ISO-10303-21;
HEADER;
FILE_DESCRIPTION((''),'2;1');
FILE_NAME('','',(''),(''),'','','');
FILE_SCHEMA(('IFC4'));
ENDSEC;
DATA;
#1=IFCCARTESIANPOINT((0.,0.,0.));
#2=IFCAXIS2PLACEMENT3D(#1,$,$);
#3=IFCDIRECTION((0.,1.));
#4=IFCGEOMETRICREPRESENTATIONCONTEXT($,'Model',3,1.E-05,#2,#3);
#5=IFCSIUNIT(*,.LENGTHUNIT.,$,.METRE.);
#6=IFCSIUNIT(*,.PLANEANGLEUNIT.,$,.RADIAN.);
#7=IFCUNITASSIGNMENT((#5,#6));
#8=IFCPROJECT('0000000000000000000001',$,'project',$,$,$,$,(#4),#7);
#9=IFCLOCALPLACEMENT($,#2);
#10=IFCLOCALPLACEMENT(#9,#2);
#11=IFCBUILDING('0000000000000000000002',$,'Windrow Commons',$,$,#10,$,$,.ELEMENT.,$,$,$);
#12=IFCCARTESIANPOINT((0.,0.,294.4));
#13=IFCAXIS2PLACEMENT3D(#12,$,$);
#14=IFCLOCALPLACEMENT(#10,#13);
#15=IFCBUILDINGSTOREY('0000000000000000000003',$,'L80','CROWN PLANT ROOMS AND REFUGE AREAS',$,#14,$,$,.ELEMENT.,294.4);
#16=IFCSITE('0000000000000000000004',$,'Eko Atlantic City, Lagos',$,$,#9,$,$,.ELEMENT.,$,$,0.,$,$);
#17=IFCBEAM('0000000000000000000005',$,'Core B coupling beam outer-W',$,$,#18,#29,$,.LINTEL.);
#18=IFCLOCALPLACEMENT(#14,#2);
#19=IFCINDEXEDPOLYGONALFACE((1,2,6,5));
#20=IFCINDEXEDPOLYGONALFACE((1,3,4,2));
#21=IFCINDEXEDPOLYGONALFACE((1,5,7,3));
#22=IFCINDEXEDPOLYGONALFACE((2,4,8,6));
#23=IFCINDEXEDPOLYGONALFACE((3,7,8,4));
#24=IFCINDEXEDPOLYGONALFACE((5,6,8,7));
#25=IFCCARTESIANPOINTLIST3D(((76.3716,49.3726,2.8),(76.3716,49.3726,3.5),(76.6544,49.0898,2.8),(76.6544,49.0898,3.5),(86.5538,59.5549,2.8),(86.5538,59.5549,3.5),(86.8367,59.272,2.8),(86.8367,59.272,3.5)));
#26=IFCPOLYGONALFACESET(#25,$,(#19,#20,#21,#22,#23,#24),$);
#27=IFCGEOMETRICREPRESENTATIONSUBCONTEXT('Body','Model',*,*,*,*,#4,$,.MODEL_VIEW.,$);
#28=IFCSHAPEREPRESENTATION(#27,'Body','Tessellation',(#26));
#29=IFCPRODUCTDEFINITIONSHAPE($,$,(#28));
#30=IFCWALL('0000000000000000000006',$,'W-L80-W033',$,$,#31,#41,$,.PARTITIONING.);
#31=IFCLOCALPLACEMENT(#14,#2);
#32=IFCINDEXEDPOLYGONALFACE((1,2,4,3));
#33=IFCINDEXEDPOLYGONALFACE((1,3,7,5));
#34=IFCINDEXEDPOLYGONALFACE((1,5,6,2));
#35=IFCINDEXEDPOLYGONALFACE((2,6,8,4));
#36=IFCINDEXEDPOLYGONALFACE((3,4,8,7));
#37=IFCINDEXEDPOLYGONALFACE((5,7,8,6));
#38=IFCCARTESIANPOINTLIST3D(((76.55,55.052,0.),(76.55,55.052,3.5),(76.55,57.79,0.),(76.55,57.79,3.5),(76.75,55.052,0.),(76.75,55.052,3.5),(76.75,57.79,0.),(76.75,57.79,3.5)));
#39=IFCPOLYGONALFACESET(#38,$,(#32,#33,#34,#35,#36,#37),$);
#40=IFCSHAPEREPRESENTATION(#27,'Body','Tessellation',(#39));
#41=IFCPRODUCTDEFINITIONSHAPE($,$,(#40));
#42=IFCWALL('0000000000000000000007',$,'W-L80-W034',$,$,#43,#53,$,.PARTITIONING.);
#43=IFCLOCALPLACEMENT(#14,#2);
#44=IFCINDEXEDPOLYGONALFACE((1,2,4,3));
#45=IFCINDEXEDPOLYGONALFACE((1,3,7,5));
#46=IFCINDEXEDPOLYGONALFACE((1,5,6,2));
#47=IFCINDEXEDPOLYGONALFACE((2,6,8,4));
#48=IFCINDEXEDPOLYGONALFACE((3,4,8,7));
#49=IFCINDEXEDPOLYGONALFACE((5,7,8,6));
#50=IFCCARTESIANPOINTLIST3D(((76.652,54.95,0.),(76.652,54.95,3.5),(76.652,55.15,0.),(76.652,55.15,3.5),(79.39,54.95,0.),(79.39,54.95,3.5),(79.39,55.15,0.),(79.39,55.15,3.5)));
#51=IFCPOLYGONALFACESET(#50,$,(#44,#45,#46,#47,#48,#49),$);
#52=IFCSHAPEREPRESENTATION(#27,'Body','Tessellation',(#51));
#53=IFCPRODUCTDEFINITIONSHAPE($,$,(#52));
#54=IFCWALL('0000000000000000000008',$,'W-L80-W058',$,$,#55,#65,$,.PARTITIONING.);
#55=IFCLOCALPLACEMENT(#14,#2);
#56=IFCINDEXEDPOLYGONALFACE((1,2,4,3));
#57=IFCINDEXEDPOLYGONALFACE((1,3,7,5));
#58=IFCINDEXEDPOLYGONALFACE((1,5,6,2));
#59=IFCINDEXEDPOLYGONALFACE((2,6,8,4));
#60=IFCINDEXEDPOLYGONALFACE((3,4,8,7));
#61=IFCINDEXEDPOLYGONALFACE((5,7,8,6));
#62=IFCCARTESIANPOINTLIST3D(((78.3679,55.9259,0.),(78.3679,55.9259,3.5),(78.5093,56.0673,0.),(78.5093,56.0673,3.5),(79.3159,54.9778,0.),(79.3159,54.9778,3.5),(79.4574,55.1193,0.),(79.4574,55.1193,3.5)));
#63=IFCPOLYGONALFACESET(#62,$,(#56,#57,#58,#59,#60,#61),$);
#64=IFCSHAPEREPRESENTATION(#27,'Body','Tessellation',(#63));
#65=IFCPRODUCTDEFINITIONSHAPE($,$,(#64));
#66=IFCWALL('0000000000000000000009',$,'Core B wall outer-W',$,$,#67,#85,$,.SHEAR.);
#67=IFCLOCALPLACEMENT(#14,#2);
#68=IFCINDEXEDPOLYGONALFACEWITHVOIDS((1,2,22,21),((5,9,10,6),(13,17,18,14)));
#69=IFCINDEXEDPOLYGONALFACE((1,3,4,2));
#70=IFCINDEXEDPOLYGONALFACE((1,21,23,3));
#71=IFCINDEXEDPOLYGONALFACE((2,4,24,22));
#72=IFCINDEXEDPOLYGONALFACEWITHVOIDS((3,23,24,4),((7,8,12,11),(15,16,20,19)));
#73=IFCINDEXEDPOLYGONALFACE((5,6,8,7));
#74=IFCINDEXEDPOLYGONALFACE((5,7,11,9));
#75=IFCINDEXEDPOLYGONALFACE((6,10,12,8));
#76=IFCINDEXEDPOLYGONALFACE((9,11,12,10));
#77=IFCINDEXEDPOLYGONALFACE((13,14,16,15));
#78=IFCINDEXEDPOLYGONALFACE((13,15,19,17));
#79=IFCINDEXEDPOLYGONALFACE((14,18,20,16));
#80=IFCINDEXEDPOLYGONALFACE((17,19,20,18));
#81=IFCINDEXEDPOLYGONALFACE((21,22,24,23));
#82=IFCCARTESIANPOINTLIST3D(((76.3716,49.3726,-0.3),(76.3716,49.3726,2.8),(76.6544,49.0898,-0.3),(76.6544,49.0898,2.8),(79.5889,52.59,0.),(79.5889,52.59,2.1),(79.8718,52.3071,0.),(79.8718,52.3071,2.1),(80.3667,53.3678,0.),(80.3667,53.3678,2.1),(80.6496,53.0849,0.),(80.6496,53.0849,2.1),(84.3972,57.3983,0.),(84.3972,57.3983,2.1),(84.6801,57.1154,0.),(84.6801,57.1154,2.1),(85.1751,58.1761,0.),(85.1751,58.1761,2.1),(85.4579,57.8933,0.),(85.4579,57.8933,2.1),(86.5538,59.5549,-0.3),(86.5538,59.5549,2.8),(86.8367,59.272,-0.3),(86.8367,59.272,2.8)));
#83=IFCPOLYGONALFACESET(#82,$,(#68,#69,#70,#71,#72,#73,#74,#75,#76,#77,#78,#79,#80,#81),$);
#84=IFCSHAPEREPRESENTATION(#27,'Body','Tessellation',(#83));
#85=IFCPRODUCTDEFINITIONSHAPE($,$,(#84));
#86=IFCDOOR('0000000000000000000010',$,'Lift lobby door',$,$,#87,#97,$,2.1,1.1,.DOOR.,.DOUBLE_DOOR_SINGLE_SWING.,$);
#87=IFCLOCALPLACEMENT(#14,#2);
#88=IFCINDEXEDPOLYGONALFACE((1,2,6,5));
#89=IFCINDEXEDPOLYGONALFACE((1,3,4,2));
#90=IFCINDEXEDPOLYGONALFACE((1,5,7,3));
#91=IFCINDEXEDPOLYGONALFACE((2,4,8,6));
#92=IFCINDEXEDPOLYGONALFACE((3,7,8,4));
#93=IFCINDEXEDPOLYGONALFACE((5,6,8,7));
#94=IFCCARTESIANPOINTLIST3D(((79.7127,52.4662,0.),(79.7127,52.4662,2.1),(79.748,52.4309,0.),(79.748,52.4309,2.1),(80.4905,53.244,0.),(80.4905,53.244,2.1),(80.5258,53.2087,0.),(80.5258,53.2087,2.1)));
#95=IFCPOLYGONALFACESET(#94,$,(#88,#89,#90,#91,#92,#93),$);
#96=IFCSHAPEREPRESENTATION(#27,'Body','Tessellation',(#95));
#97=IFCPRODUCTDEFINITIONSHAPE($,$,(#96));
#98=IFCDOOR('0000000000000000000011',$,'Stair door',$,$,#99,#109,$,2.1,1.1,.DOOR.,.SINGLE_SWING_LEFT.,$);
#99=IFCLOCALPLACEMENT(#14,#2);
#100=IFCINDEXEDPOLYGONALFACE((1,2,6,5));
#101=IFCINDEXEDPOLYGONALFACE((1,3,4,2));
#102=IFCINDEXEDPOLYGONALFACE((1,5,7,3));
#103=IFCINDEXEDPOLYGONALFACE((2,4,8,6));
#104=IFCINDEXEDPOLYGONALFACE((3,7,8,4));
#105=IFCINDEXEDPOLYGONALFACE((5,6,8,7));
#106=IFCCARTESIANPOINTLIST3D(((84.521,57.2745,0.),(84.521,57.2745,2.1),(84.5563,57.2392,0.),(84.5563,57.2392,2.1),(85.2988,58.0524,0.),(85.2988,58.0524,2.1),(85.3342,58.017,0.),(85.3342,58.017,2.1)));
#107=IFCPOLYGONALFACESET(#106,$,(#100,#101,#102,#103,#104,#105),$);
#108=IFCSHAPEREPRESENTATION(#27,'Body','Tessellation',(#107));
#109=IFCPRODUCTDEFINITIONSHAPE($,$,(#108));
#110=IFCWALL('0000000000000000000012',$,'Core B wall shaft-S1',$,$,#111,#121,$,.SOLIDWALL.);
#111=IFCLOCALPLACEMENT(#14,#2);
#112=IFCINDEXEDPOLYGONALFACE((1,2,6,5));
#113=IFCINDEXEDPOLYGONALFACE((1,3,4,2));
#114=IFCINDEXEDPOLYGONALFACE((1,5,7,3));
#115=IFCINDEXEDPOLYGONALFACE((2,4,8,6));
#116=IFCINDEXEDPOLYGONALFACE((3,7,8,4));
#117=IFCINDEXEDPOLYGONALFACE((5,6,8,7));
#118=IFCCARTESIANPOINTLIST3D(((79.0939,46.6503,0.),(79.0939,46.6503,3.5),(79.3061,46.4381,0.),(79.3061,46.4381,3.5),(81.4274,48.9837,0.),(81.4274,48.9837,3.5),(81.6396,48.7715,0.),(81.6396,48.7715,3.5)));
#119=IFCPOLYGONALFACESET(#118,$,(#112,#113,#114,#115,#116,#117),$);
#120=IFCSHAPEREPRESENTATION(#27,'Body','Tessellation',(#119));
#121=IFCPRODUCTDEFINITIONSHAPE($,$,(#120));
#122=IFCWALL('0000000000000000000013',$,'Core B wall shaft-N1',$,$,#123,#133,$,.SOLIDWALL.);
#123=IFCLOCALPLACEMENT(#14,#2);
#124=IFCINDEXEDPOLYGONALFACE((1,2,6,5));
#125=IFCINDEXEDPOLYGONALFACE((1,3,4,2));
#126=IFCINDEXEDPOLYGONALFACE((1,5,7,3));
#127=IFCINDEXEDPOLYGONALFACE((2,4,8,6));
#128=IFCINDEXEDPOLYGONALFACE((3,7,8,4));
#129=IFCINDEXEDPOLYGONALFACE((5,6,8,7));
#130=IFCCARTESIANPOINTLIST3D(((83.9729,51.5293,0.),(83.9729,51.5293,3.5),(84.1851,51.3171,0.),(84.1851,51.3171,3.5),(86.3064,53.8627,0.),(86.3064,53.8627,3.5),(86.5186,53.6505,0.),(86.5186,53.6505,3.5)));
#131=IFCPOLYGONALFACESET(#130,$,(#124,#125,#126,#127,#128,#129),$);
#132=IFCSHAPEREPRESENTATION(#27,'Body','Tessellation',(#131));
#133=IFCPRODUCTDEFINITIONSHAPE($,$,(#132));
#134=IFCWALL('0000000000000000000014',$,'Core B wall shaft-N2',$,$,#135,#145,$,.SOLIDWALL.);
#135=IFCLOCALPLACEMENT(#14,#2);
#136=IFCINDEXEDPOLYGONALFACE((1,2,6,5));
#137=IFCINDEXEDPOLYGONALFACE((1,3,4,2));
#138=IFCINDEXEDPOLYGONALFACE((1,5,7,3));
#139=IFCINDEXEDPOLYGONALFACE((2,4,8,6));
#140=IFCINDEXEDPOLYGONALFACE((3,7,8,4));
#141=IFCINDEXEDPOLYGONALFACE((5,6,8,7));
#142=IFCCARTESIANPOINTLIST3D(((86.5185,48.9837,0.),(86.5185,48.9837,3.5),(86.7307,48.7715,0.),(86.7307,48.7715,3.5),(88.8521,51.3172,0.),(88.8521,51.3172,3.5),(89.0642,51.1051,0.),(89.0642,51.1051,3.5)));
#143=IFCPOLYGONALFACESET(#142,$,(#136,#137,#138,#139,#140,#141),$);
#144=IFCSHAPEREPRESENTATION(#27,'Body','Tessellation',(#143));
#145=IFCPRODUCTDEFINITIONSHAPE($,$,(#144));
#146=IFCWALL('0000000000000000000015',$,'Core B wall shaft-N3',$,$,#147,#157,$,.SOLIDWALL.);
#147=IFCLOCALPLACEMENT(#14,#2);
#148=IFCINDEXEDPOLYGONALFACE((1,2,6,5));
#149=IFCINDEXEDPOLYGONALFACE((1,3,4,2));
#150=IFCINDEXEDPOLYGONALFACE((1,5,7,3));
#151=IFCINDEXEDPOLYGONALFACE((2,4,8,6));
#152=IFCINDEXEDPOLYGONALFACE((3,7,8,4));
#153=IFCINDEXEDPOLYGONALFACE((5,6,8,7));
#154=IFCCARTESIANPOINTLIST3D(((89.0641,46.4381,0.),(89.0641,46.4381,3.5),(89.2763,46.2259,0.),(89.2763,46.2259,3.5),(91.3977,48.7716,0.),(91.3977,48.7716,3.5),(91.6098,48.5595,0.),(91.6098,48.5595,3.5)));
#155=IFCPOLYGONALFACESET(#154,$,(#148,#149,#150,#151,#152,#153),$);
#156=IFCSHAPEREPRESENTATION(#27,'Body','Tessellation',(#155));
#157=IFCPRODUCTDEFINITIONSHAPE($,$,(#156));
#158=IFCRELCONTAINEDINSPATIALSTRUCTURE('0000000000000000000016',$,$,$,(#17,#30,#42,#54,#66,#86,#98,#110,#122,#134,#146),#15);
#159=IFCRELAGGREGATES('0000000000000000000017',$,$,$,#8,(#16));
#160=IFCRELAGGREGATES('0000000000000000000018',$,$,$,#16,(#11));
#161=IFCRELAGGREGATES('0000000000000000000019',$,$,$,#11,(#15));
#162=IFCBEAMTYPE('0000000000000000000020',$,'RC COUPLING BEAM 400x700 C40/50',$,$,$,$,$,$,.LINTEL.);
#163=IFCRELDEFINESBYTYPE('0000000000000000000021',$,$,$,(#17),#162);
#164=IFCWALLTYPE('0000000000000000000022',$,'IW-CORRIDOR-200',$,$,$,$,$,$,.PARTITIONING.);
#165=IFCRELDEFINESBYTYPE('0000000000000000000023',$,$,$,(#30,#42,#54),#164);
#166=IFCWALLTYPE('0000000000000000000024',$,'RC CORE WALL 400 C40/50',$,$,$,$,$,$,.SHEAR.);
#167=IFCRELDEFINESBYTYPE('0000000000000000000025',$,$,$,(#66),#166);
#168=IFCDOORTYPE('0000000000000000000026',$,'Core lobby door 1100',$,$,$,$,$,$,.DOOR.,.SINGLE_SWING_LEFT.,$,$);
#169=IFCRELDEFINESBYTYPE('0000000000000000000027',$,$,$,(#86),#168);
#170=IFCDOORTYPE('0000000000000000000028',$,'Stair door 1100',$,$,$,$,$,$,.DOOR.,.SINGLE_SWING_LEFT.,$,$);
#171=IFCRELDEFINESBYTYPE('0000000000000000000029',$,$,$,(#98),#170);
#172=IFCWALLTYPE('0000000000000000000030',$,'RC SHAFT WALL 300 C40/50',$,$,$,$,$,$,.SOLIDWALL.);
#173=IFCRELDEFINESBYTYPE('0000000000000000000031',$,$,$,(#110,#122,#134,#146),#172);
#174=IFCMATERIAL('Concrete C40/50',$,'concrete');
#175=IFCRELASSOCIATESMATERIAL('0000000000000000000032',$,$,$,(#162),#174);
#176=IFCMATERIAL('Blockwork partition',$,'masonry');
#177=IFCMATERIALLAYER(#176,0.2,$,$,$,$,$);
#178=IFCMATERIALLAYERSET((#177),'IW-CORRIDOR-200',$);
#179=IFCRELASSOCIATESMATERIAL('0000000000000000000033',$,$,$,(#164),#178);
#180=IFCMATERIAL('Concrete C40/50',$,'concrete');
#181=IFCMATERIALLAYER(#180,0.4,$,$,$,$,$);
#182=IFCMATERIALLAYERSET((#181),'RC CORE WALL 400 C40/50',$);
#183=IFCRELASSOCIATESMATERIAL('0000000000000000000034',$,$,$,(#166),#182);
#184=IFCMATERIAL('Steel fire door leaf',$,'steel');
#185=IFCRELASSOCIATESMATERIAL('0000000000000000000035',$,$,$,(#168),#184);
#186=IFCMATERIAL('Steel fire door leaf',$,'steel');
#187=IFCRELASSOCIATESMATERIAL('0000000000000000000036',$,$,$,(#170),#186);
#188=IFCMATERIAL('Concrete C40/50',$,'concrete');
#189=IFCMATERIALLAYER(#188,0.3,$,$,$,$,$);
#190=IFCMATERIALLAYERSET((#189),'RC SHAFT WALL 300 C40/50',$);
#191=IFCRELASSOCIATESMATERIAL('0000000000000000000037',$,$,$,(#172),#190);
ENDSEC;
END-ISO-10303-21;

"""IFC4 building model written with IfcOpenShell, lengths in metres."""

from ifc_helpers import new_model, si_unit, direction, frame, frame_2d, origin, origin_2d, place, context, subcontext, project, spatial, polyline, rectangle, outline, extrude, material, layer, layer_set, material_profile, profile_set, type_object, element, fill, save


model = new_model("IFC4")

# Units and contexts
model_context = context("Model", 3, precision=1e-05, world=origin(), true_north=direction((0.0, 1.0)))
body_context = subcontext(model_context, "Body", "Model", "MODEL_VIEW")
ifc_project = project(units=[si_unit("LENGTHUNIT", "METRE"), si_unit("PLANEANGLEUNIT", "RADIAN")], contexts=[model_context])

# Site, building, storey
site_placement = place(None, origin())
site = spatial("IfcSite", under=ifc_project, at=site_placement, Name="Eko Atlantic City, Lagos", CompositionType="ELEMENT", RefElevation=0.0)
building_placement = place(site_placement, origin())
building = spatial("IfcBuilding", under=site, at=building_placement, Name="Windrow Commons", CompositionType="ELEMENT")
storey_placement = place(building_placement, frame((0.0, 0.0, 294.4)))
storey = spatial("IfcBuildingStorey", under=building, at=storey_placement, Name="L80", Description="CROWN PLANT ROOMS AND REFUGE AREAS", CompositionType="ELEMENT", Elevation=294.4)

# Beam
ifc_material_1 = material(Name="Concrete C40/50", Category="concrete")
ifc_material_profile = material_profile(ifc_material_1, rectangle(XDim=0.4, YDim=0.7, at=origin_2d()))
ifc_profile_set = profile_set([ifc_material_profile], Name="Concrete C40/50")
beam_type = type_object("IfcBeamType", Name="RC COUPLING BEAM 400x700 C40/50", PredefinedType="LINTEL", material=ifc_profile_set)
beam_placement = place(storey_placement, frame((76.513, 49.2312, 3.15), z_axis=(0.707107, 0.707107, 0.0), x_axis=(-0.707107, 0.707107, 0.0)))
element("IfcBeam", 1, at=beam_placement, inside=storey, type_object=beam_type, Name="Core B coupling beam outer-W", PredefinedType="LINTEL", context=body_context, shape_type="SweptSolid", body=[
    extrude(rectangle(XDim=0.4, YDim=0.7, at=origin_2d()), origin(), (0.0, 0.0, 1.0), 14.3999),
])

# Walls
ifc_material_2 = material(Name="Blockwork partition", Category="masonry")
ifc_layer_1 = layer(ifc_material_2, 0.2)
ifc_layer_set_1 = layer_set([ifc_layer_1], Name="IW-CORRIDOR-200")
wall_type_1 = type_object("IfcWallType", Name="IW-CORRIDOR-200", PredefinedType="PARTITIONING", material=ifc_layer_set_1)
for number, where, z_axis, x_axis, name in (
    (2, (76.65, 55.052, 0.0), (0.0, 0.0, 1.0), (0.0, 1.0, 0.0), "W-L80-W033"),
    (3, (76.652, 55.05, 0.0), (0.0, 0.0, 1.0), (1.0, 0.0, 0.0), "W-L80-W034"),
):
    element("IfcWall", number, at=place(storey_placement, frame(where, z_axis=z_axis, x_axis=x_axis)), inside=storey, type_object=wall_type_1, Name=name, PredefinedType="PARTITIONING", context=body_context, shape_type="SweptSolid", body=[
        extrude(rectangle(XDim=2.738, YDim=0.2, at=frame_2d((1.369, 0.0))), origin(), (0.0, 0.0, 1.0), 3.5),
    ])
wall_1_placement = place(storey_placement, frame((78.4386, 55.9966, 0.0), z_axis=(0.0, 0.0, 1.0), x_axis=(0.707107, -0.707107, 0.0)))
element("IfcWall", 4, at=wall_1_placement, inside=storey, type_object=wall_type_1, Name="W-L80-W058", PredefinedType="PARTITIONING", context=body_context, shape_type="SweptSolid", body=[
    extrude(rectangle(XDim=1.3407, YDim=0.2, at=frame_2d((0.6704, 0.0))), origin(), (0.0, 0.0, 1.0), 3.5),
])

# Wall, openings, doors
ifc_material_3 = material(Name="Concrete C40/50", Category="concrete")
ifc_layer_2 = layer(ifc_material_3, 0.4)
ifc_layer_set_2 = layer_set([ifc_layer_2], Name="RC CORE WALL 400 C40/50")
wall_type_2 = type_object("IfcWallType", Name="RC CORE WALL 400 C40/50", PredefinedType="SHEAR", material=ifc_layer_set_2)
wall_2_placement = place(storey_placement, frame((76.513, 49.2312, -0.3), z_axis=(0.0, 0.0, 1.0), x_axis=(0.707107, 0.707107, 0.0)))
wall_2 = element("IfcWall", 5, at=wall_2_placement, inside=storey, type_object=wall_type_2, Name="Core B wall outer-W", PredefinedType="SHEAR", context=body_context, shape_type="SweptSolid", body=[
    extrude(outline(polyline([(0.0, 0.0), (14.3999, 0.0), (14.3999, 3.1), (0.0, 3.1), (0.0, 0.0)])), frame((0.0, 0.2, 0.0), z_axis=(0.0, -1.0, 0.0), x_axis=(1.0, 0.0, 0.0)), (0.0, 0.0, 1.0), 0.4),
])
opening_1_placement = place(wall_2_placement, frame((4.55, 0.0, 0.3)))
opening_1 = element("IfcOpeningElement", 6, at=opening_1_placement, cuts=wall_2, PredefinedType="OPENING", context=body_context, shape_type="SweptSolid", body=[
    extrude(rectangle(XDim=1.1, YDim=2.1, at=frame_2d((0.55, 1.05))), frame((0.0, 0.21, 0.0), z_axis=(0.0, -1.0, 0.0), x_axis=(1.0, 0.0, 0.0)), (0.0, 0.0, 1.0), 0.42),
])
opening_2_placement = place(wall_2_placement, frame((11.35, 0.0, 0.3)))
opening_2 = element("IfcOpeningElement", 7, at=opening_2_placement, cuts=wall_2, PredefinedType="OPENING", context=body_context, shape_type="SweptSolid", body=[
    extrude(rectangle(XDim=1.1, YDim=2.1, at=frame_2d((0.55, 1.05))), frame((0.0, 0.21, 0.0), z_axis=(0.0, -1.0, 0.0), x_axis=(1.0, 0.0, 0.0)), (0.0, 0.0, 1.0), 0.42),
])
ifc_material_4 = material(Name="Steel fire door leaf", Category="steel")
door_type_1 = type_object("IfcDoorType", Name="Core lobby door 1100", OperationType="SINGLE_SWING_LEFT", PredefinedType="DOOR", material=ifc_material_4)
door_1_placement = place(opening_1_placement, origin())
door_1 = element("IfcDoor", 8, at=door_1_placement, inside=storey, type_object=door_type_1, Name="Lift lobby door", OperationType="DOUBLE_DOOR_SINGLE_SWING", OverallHeight=2.1, OverallWidth=1.1, PredefinedType="DOOR", context=body_context, shape_type="SweptSolid", body=[
    extrude(rectangle(XDim=1.1, YDim=2.1, at=frame_2d((0.55, 1.05))), frame((0.0, 0.025, 0.0), z_axis=(0.0, -1.0, 0.0), x_axis=(1.0, 0.0, 0.0)), (0.0, 0.0, 1.0), 0.05),
])
fill(opening_1, door_1)
ifc_material_5 = material(Name="Steel fire door leaf", Category="steel")
door_type_2 = type_object("IfcDoorType", Name="Stair door 1100", OperationType="SINGLE_SWING_LEFT", PredefinedType="DOOR", material=ifc_material_5)
door_2_placement = place(opening_2_placement, origin())
door_2 = element("IfcDoor", 9, at=door_2_placement, inside=storey, type_object=door_type_2, Name="Stair door", OperationType="SINGLE_SWING_LEFT", OverallHeight=2.1, OverallWidth=1.1, PredefinedType="DOOR", context=body_context, shape_type="SweptSolid", body=[
    extrude(rectangle(XDim=1.1, YDim=2.1, at=frame_2d((0.55, 1.05))), frame((0.0, 0.025, 0.0), z_axis=(0.0, -1.0, 0.0), x_axis=(1.0, 0.0, 0.0)), (0.0, 0.0, 1.0), 0.05),
])
fill(opening_2, door_2)

# Walls
ifc_material_6 = material(Name="Concrete C40/50", Category="concrete")
ifc_layer_3 = layer(ifc_material_6, 0.3)
ifc_layer_set_3 = layer_set([ifc_layer_3], Name="RC SHAFT WALL 300 C40/50")
wall_type_3 = type_object("IfcWallType", Name="RC SHAFT WALL 300 C40/50", PredefinedType="SOLIDWALL", material=ifc_layer_set_3)
for number, where, z_axis, x_axis, name in (
    (10, (79.2, 46.5442, 0.0), (0.0, 0.0, 1.0), (0.707122, 0.707092, 0.0), "Core B wall shaft-S1"),
    (11, (84.079, 51.4232, 0.0), (0.0, 0.0, 1.0), (0.707122, 0.707092, 0.0), "Core B wall shaft-N1"),
):
    element("IfcWall", number, at=place(storey_placement, frame(where, z_axis=z_axis, x_axis=x_axis)), inside=storey, type_object=wall_type_3, Name=name, PredefinedType="SOLIDWALL", context=body_context, shape_type="SweptSolid", body=[
        extrude(outline(polyline([(0.0, 0.0), (3.3, 0.0), (3.3, 3.5), (0.0, 3.5), (0.0, 0.0)])), frame((0.0, 0.15, 0.0), z_axis=(0.0, -1.0, 0.0), x_axis=(1.0, 0.0, 0.0)), (0.0, 0.0, 1.0), 0.3),
    ])
for number, where, z_axis, x_axis, name in (
    (12, (86.6246, 48.8776, 0.0), (0.0, 0.0, 1.0), (0.707107, 0.707107, 0.0), "Core B wall shaft-N2"),
    (13, (89.1702, 46.332, 0.0), (0.0, 0.0, 1.0), (0.707107, 0.707107, 0.0), "Core B wall shaft-N3"),
):
    element("IfcWall", number, at=place(storey_placement, frame(where, z_axis=z_axis, x_axis=x_axis)), inside=storey, type_object=wall_type_3, Name=name, PredefinedType="SOLIDWALL", context=body_context, shape_type="SweptSolid", body=[
        extrude(outline(polyline([(0.0, 0.0), (3.3001, 0.0), (3.3001, 3.5), (0.0, 3.5), (0.0, 0.0)])), frame((0.0, 0.15, 0.0), z_axis=(0.0, -1.0, 0.0), x_axis=(1.0, 0.0, 0.0)), (0.0, 0.0, 1.0), 0.3),
    ])

save(model, "model.ifc")
